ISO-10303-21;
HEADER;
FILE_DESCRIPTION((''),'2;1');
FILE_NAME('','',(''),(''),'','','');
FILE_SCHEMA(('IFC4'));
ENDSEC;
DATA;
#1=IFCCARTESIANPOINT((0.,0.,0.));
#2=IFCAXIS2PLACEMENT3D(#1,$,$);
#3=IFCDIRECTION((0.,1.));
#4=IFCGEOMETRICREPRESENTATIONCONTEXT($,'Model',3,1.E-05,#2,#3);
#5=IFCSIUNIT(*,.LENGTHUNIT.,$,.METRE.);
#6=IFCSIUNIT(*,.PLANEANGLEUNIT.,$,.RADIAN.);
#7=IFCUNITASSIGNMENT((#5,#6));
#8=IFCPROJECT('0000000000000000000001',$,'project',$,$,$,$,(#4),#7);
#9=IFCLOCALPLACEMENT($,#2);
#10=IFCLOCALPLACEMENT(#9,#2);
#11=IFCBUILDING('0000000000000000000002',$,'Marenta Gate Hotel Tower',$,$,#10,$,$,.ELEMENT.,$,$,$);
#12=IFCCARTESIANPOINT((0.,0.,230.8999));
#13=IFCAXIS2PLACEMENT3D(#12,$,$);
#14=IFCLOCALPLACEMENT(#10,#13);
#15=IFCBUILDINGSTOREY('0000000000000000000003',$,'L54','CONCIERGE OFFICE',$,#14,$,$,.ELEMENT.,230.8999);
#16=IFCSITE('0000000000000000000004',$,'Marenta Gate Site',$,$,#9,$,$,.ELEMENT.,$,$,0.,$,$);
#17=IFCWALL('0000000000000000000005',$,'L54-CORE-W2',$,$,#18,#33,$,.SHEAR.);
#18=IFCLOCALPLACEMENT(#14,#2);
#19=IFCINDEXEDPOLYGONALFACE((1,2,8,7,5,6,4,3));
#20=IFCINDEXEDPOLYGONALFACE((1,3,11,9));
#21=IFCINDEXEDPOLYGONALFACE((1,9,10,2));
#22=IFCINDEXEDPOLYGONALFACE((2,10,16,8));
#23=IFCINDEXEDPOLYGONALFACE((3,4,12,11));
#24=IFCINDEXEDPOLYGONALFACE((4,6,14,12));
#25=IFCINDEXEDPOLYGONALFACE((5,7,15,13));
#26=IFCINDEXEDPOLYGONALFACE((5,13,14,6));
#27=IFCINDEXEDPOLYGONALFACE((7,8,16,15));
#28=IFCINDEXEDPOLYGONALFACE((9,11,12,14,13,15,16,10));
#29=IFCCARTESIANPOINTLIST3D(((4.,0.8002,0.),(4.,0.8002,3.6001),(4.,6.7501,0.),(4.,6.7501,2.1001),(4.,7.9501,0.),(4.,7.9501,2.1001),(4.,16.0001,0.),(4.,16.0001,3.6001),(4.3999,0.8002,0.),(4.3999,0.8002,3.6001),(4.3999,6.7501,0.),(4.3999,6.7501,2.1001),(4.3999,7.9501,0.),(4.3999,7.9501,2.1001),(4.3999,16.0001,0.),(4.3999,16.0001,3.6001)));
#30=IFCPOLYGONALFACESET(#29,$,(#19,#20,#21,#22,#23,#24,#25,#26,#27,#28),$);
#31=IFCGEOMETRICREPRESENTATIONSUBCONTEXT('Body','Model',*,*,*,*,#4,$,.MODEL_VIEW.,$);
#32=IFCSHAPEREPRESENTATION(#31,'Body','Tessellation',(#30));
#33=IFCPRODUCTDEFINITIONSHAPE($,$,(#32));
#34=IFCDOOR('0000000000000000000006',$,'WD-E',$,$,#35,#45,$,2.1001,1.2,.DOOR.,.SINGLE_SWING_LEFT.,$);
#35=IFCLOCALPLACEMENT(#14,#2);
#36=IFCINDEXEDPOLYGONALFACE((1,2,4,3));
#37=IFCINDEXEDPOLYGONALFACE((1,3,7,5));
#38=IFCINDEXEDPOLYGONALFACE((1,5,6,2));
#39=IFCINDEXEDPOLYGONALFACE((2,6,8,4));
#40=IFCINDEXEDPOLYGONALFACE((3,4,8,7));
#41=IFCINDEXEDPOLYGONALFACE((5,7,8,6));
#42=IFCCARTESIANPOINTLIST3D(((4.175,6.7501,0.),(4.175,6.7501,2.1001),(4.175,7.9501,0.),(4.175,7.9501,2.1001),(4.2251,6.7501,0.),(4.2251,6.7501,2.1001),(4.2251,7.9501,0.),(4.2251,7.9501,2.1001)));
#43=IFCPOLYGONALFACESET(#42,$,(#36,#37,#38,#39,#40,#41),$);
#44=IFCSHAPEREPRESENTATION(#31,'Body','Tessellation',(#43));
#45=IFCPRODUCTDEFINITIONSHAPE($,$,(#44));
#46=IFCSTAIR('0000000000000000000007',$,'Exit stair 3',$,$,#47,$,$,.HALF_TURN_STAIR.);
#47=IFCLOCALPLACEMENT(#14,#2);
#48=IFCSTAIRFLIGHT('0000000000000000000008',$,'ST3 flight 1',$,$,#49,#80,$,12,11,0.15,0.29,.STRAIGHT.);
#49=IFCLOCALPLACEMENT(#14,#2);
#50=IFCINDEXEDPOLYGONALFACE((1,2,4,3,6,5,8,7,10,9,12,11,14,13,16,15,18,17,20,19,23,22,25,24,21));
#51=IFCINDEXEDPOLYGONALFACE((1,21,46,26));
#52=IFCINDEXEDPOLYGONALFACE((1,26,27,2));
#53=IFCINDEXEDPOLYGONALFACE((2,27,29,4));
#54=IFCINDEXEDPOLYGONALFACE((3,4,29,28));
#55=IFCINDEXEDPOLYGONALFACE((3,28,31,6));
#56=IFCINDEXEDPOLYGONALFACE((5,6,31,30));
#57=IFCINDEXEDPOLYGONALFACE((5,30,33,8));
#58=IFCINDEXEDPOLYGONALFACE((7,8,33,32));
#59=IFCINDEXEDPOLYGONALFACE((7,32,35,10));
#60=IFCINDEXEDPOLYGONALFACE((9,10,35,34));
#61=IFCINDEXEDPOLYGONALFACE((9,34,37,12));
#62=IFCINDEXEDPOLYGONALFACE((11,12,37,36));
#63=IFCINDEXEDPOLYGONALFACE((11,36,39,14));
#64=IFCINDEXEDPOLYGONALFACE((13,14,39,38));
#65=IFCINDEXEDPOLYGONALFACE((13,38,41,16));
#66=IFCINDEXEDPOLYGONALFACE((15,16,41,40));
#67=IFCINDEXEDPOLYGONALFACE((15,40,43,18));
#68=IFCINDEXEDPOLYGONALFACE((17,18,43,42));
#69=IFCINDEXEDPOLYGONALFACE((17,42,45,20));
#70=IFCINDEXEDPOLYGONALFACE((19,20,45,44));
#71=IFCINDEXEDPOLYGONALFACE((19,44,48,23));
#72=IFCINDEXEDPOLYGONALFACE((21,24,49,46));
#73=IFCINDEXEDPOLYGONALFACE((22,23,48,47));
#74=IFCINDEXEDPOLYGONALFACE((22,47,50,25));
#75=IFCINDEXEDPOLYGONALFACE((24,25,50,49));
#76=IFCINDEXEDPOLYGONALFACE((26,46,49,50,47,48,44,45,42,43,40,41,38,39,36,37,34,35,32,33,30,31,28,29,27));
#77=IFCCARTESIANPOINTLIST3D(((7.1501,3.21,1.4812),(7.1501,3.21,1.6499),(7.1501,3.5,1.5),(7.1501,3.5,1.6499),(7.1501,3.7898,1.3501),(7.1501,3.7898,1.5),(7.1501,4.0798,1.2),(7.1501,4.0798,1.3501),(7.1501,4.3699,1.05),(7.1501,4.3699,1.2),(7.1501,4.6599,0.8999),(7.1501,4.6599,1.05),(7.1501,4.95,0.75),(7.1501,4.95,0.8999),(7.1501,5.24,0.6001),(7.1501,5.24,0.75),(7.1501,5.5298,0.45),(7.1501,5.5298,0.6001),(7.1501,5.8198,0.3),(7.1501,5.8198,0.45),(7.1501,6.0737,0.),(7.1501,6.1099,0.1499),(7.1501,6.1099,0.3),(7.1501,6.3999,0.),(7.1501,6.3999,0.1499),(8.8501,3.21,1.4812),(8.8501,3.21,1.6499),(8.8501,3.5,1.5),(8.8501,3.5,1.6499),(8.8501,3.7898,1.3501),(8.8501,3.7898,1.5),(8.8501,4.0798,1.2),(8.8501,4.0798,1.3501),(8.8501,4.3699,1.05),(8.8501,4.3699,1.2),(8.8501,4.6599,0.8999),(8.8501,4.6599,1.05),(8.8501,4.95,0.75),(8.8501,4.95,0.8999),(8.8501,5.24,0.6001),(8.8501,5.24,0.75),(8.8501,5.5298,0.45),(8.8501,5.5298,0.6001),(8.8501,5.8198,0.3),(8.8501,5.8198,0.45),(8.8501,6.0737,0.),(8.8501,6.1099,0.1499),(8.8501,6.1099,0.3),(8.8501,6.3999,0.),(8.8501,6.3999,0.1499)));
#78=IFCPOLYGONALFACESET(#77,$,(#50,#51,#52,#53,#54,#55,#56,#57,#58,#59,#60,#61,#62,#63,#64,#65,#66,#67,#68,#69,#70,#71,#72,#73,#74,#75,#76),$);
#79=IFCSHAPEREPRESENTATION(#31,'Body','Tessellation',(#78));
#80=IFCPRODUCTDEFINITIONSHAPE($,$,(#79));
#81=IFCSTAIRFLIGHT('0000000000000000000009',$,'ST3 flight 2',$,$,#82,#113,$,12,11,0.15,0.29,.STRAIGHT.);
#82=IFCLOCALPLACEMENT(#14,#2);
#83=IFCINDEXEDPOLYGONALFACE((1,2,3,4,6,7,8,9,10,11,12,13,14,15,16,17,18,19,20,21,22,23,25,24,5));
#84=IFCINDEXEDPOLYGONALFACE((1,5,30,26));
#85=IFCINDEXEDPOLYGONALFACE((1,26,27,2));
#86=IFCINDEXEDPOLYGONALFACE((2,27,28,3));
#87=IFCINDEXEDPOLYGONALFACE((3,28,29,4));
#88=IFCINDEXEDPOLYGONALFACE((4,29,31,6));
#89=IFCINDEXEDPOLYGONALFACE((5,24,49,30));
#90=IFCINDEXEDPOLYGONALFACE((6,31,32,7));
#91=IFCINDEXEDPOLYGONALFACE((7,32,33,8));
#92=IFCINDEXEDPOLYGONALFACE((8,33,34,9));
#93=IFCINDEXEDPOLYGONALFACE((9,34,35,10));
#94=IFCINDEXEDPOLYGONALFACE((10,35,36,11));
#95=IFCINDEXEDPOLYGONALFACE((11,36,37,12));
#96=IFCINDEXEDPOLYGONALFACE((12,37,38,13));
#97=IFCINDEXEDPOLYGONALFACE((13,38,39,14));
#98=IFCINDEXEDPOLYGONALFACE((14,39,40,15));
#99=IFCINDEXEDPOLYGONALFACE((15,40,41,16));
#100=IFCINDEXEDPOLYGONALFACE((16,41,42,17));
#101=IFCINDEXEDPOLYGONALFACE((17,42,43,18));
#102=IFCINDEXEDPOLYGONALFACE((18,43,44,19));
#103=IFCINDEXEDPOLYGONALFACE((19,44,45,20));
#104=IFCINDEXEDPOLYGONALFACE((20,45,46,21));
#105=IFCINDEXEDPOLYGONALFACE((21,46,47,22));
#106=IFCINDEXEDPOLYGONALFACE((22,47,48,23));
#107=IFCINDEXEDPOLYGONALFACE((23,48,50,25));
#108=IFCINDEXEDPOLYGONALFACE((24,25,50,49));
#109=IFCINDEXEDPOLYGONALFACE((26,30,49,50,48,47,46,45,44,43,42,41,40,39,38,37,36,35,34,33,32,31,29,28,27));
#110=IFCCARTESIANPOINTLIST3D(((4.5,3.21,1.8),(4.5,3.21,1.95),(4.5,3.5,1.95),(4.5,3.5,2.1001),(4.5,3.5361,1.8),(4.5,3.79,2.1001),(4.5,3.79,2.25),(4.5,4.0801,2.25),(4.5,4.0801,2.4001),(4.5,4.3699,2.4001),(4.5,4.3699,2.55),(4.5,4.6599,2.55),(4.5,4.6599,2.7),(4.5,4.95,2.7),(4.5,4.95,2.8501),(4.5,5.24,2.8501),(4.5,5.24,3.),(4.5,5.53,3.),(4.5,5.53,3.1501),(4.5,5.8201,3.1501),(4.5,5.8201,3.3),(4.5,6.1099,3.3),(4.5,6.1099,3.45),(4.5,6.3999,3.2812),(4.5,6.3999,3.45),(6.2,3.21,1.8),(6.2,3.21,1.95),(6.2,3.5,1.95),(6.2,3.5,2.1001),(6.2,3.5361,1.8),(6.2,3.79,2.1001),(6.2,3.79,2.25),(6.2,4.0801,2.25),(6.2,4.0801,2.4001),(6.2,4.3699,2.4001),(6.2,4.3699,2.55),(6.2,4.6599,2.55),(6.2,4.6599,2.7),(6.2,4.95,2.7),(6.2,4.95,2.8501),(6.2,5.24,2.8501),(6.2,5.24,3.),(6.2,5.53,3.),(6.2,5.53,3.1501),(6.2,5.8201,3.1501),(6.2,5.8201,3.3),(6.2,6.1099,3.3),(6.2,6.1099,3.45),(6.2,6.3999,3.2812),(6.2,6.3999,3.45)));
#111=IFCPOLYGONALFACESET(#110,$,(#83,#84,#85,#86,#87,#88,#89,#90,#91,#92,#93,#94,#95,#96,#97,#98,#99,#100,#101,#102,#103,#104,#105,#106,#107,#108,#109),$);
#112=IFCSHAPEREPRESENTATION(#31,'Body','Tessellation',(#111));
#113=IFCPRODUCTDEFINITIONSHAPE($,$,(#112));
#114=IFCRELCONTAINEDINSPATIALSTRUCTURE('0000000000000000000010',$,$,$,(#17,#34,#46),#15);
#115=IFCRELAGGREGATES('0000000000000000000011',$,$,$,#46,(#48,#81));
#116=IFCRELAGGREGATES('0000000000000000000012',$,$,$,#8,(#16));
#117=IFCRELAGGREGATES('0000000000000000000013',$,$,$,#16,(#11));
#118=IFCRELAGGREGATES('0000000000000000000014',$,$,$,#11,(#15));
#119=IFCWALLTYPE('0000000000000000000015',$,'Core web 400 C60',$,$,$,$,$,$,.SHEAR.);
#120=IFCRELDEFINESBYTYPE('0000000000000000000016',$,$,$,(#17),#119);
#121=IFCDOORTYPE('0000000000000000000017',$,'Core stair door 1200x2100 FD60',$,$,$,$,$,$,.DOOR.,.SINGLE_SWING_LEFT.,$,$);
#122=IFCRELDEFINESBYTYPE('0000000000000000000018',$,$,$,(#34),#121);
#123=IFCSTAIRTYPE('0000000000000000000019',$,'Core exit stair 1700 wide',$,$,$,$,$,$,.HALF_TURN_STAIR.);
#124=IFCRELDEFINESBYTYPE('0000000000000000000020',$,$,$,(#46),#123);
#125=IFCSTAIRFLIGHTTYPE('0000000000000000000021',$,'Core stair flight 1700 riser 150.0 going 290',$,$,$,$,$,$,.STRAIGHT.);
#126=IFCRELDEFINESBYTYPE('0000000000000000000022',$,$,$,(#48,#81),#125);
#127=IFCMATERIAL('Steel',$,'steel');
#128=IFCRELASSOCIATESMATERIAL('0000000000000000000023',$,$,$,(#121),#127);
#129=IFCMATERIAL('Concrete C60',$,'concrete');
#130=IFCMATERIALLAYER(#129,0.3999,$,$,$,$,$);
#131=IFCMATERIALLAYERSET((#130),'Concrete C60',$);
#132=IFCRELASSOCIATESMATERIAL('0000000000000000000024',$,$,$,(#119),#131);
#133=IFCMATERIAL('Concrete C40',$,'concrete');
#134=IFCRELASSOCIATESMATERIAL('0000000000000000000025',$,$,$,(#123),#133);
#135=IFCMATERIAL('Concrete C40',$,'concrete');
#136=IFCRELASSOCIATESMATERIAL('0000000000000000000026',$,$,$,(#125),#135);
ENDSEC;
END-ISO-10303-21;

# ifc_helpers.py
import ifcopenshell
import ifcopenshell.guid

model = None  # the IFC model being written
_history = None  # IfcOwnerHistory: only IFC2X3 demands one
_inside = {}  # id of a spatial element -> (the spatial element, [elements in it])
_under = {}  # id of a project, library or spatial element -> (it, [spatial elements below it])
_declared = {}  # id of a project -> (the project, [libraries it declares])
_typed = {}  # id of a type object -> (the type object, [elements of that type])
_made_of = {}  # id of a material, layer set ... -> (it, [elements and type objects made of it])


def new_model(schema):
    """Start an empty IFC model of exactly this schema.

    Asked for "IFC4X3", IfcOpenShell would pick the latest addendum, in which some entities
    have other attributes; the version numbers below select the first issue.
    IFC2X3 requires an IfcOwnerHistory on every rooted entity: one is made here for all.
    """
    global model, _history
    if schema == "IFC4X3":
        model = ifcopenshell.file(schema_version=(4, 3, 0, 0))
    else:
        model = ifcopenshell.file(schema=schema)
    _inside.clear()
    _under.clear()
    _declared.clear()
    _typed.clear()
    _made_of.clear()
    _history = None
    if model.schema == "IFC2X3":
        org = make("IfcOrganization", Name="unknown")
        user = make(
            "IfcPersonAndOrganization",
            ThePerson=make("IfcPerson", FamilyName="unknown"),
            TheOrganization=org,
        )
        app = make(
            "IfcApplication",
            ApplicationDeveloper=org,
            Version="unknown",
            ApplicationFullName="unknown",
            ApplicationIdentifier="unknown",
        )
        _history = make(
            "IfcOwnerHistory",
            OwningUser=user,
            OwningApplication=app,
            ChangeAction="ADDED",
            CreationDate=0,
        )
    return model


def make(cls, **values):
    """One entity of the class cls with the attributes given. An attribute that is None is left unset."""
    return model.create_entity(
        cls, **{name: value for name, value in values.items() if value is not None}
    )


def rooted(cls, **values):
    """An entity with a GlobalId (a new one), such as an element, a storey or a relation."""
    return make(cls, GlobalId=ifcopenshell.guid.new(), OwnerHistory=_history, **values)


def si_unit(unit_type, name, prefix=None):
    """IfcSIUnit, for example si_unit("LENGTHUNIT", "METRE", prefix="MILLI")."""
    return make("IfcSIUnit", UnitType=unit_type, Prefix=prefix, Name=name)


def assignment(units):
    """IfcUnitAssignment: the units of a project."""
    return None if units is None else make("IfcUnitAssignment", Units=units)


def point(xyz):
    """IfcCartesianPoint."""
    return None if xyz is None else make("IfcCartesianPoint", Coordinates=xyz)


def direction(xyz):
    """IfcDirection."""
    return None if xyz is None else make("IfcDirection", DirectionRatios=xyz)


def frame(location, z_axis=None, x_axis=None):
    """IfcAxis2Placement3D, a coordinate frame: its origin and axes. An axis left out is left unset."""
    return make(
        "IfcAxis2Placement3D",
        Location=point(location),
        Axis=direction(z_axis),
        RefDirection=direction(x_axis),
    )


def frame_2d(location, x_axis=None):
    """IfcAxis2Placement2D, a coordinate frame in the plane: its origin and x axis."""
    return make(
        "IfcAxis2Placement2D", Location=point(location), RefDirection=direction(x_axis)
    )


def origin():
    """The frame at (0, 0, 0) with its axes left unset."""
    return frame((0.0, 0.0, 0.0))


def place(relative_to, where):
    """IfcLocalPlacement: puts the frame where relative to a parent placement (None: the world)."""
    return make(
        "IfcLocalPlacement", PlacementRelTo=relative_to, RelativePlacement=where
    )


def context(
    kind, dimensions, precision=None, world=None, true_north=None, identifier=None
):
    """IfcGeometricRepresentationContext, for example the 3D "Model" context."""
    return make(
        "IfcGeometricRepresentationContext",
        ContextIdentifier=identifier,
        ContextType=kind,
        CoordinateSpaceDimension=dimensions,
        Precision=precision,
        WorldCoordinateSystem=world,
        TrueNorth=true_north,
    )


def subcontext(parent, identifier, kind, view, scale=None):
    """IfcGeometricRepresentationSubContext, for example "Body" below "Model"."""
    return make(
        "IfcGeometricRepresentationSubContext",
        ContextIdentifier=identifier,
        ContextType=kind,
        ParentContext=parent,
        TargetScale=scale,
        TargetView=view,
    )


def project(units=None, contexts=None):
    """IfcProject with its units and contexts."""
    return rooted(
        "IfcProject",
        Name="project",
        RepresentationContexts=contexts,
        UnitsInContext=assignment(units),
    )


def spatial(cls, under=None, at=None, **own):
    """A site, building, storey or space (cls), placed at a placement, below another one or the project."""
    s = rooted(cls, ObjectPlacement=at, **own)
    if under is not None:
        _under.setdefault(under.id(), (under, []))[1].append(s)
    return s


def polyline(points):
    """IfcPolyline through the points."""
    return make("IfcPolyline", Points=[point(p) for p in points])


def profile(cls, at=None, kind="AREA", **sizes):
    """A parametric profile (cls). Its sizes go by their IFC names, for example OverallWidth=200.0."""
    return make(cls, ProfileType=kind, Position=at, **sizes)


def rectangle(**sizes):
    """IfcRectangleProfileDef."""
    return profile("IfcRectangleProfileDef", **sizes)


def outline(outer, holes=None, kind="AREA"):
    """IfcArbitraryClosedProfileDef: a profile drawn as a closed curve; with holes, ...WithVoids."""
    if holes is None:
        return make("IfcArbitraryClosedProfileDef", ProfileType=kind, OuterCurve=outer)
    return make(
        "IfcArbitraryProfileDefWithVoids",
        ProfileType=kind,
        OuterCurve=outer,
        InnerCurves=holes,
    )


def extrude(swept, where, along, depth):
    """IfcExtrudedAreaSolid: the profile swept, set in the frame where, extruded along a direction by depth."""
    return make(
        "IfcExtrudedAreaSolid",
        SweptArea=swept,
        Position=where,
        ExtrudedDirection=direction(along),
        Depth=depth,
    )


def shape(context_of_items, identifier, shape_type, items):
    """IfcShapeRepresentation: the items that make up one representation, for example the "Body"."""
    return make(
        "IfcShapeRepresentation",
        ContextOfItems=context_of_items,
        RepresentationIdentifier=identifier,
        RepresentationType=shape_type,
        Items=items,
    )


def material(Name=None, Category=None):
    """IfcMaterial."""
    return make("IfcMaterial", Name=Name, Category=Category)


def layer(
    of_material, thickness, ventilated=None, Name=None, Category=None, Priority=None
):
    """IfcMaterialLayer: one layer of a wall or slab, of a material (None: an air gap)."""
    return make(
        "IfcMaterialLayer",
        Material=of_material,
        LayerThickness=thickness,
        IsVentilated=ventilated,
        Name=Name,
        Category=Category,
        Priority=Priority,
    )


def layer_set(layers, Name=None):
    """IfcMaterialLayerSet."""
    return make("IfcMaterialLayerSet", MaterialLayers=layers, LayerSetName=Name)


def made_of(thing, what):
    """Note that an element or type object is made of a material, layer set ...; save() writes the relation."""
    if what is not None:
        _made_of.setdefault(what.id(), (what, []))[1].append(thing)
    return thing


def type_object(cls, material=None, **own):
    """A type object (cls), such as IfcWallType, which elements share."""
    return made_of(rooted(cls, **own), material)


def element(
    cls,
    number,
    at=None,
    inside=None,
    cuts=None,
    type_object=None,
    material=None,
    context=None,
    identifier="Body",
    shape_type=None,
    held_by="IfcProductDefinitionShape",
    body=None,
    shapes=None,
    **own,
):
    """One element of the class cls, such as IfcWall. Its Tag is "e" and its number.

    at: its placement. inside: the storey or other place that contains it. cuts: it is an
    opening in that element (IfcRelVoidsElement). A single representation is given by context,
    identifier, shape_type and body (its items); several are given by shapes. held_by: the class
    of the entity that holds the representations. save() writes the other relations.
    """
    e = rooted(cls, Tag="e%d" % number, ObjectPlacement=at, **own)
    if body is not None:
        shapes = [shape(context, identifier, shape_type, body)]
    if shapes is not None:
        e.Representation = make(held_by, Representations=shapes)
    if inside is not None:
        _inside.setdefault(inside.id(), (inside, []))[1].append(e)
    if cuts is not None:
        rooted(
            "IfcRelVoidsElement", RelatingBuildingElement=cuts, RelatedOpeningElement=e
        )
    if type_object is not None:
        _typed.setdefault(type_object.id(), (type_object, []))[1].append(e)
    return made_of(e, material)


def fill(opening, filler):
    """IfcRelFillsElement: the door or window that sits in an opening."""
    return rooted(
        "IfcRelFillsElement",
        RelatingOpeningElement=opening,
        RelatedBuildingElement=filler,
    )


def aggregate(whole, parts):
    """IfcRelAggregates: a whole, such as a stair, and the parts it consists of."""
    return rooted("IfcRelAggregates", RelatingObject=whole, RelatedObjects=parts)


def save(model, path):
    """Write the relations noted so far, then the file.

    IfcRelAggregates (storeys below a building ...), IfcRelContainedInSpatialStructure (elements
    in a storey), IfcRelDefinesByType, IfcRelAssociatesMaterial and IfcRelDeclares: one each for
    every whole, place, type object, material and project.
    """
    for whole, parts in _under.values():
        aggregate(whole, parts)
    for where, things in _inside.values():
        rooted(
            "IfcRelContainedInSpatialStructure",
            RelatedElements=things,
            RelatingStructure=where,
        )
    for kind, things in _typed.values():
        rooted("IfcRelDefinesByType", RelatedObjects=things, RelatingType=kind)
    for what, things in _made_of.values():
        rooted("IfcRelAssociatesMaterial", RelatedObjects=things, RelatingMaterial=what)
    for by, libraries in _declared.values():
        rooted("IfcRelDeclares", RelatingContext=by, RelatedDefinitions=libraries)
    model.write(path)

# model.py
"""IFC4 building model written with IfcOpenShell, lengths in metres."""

from ifc_helpers import new_model, si_unit, direction, frame, frame_2d, origin, place, context, subcontext, project, spatial, polyline, rectangle, outline, extrude, material, layer, layer_set, type_object, element, fill, aggregate, save


model = new_model("IFC4")

# Units and contexts
model_context = context("Model", 3, precision=1e-05, world=origin(), true_north=direction((0.0, 1.0)))
body_context = subcontext(model_context, "Body", "Model", "MODEL_VIEW")
ifc_project = project(units=[si_unit("LENGTHUNIT", "METRE"), si_unit("PLANEANGLEUNIT", "RADIAN")], contexts=[model_context])

# Site, building, storey
site_placement = place(None, origin())
site = spatial("IfcSite", under=ifc_project, at=site_placement, Name="Marenta Gate Site", CompositionType="ELEMENT", RefElevation=0.0)
building_placement = place(site_placement, origin())
building = spatial("IfcBuilding", under=site, at=building_placement, Name="Marenta Gate Hotel Tower", CompositionType="ELEMENT")
storey_placement = place(building_placement, frame((0.0, 0.0, 230.8999)))
storey = spatial("IfcBuildingStorey", under=building, at=storey_placement, Name="L54", Description="CONCIERGE OFFICE", CompositionType="ELEMENT", Elevation=230.8999)

# Shared definitions
ifc_material_1 = material(Name="Steel", Category="steel")
door_type_1 = type_object("IfcDoorType", Name="Core stair door 1200x2100 FD60", OperationType="SINGLE_SWING_LEFT", PredefinedType="DOOR", material=ifc_material_1)

# Wall, opening, door
ifc_material_2 = material(Name="Concrete C60", Category="concrete")
ifc_layer_1 = layer(ifc_material_2, 0.3999)
ifc_layer_set_1 = layer_set([ifc_layer_1], Name="Concrete C60")
wall_type_1 = type_object("IfcWallType", Name="Core web 400 C60", PredefinedType="SHEAR", material=ifc_layer_set_1)
wall_1_placement = place(storey_placement, frame((4.2, 0.8, 0.0), z_axis=(0.0, 0.0, 1.0), x_axis=(0.0, 1.0, 0.0)))
wall_1 = element("IfcWall", 1, at=wall_1_placement, inside=storey, type_object=wall_type_1, Name="L54-CORE-W2", PredefinedType="SHEAR", context=body_context, shape_type="SweptSolid", body=[
    extrude(rectangle(XDim=15.2, YDim=0.3999, at=frame_2d((7.6001, 0.0))), origin(), (0.0, 0.0, 1.0), 3.6001),
])
opening_1_placement = place(wall_1_placement, frame((5.95, 0.0, 0.0)))
opening_1 = element("IfcOpeningElement", 2, at=opening_1_placement, cuts=wall_1, PredefinedType="OPENING", context=body_context, shape_type="SweptSolid", body=[
    extrude(rectangle(XDim=1.2, YDim=2.1001, at=frame_2d((0.6001, 1.05))), frame((0.0, 0.2, 0.0), z_axis=(0.0, -1.0, 0.0), x_axis=(1.0, 0.0, 0.0)), (0.0, 0.0, 1.0), 0.3999),
])
door_1_placement = place(opening_1_placement, origin())
door_1 = element("IfcDoor", 3, at=door_1_placement, inside=storey, type_object=door_type_1, Name="WD-E", OperationType="SINGLE_SWING_LEFT", OverallHeight=2.1001, OverallWidth=1.2, PredefinedType="DOOR", context=body_context, shape_type="SweptSolid", body=[
    extrude(rectangle(XDim=1.2, YDim=2.1001, at=frame_2d((0.6001, 1.05))), frame((0.0, 0.0249, 0.0), z_axis=(0.0, -1.0, 0.0), x_axis=(1.0, 0.0, 0.0)), (0.0, 0.0, 1.0), 0.05),
])
fill(opening_1, door_1)

# Stair, stair flights
ifc_material_3 = material(Name="Concrete C40", Category="concrete")
stair_type = type_object("IfcStairType", Name="Core exit stair 1700 wide", PredefinedType="HALF_TURN_STAIR", material=ifc_material_3)
stair_placement = place(storey_placement, origin())
stair = element("IfcStair", 4, at=stair_placement, inside=storey, type_object=stair_type, Name="Exit stair 3", PredefinedType="HALF_TURN_STAIR")
ifc_material_4 = material(Name="Concrete C40", Category="concrete")
stair_flight_type = type_object("IfcStairFlightType", Name="Core stair flight 1700 riser 150.0 going 290", PredefinedType="STRAIGHT", material=ifc_material_4)
stair_flight_1_placement = place(storey_placement, frame((8.0, 6.3999, 0.0), z_axis=(0.0, 0.0, 1.0), x_axis=(0.0, -1.0, 0.0)))
stair_flight_1 = element("IfcStairFlight", 5, at=stair_flight_1_placement, type_object=stair_flight_type, Name="ST3 flight 1", NumberOfRisers=12, NumberOfTreads=11, PredefinedType="STRAIGHT", RiserHeight=0.15, TreadLength=0.29, context=body_context, shape_type="SweptSolid", body=[
    extrude(outline(polyline([(0.0, 0.0), (0.0, 0.1499), (0.29, 0.1499), (0.29, 0.3), (0.5801, 0.3), (0.5801, 0.45), (0.8701, 0.45), (0.8701, 0.6001), (1.1599, 0.6001), (1.1599, 0.75), (1.45, 0.75), (1.45, 0.8999), (1.74, 0.8999), (1.74, 1.05), (2.03, 1.05), (2.03, 1.2), (2.3201, 1.2), (2.3201, 1.3501), (2.6101, 1.3501), (2.6101, 1.5), (2.8999, 1.5), (2.8999, 1.6499), (3.1899, 1.6499), (3.1899, 1.8), (3.1899, 1.4812), (0.3262, 0.0), (0.0, 0.0)])), frame((0.0, 0.8501, 0.0), z_axis=(0.0, -1.0, 0.0), x_axis=(1.0, 0.0, 0.0)), (0.0, 0.0, 1.0), 1.7),
])
stair_flight_2_placement = place(storey_placement, frame((5.3501, 3.21, 1.8), z_axis=(0.0, 0.0, 1.0), x_axis=(0.0, 1.0, 0.0)))
stair_flight_2 = element("IfcStairFlight", 6, at=stair_flight_2_placement, type_object=stair_flight_type, Name="ST3 flight 2", NumberOfRisers=12, NumberOfTreads=11, PredefinedType="STRAIGHT", RiserHeight=0.15, TreadLength=0.29, context=body_context, shape_type="SweptSolid", body=[
    extrude(outline(polyline([(0.0, 0.0), (0.0, 0.1499), (0.29, 0.1499), (0.29, 0.3), (0.5801, 0.3), (0.5801, 0.45), (0.8701, 0.45), (0.8701, 0.6001), (1.1599, 0.6001), (1.1599, 0.75), (1.45, 0.75), (1.45, 0.8999), (1.74, 0.8999), (1.74, 1.05), (2.03, 1.05), (2.03, 1.2), (2.3201, 1.2), (2.3201, 1.3501), (2.6101, 1.3501), (2.6101, 1.5), (2.8999, 1.5), (2.8999, 1.6499), (3.1899, 1.6499), (3.1899, 1.8), (3.1899, 1.4812), (0.3262, 0.0), (0.0, 0.0)])), frame((0.0, 0.8501, 0.0), z_axis=(0.0, -1.0, 0.0), x_axis=(1.0, 0.0, 0.0)), (0.0, 0.0, 1.0), 1.7),
])
aggregate(stair, [stair_flight_1, stair_flight_2])

save(model, "model.ifc")
